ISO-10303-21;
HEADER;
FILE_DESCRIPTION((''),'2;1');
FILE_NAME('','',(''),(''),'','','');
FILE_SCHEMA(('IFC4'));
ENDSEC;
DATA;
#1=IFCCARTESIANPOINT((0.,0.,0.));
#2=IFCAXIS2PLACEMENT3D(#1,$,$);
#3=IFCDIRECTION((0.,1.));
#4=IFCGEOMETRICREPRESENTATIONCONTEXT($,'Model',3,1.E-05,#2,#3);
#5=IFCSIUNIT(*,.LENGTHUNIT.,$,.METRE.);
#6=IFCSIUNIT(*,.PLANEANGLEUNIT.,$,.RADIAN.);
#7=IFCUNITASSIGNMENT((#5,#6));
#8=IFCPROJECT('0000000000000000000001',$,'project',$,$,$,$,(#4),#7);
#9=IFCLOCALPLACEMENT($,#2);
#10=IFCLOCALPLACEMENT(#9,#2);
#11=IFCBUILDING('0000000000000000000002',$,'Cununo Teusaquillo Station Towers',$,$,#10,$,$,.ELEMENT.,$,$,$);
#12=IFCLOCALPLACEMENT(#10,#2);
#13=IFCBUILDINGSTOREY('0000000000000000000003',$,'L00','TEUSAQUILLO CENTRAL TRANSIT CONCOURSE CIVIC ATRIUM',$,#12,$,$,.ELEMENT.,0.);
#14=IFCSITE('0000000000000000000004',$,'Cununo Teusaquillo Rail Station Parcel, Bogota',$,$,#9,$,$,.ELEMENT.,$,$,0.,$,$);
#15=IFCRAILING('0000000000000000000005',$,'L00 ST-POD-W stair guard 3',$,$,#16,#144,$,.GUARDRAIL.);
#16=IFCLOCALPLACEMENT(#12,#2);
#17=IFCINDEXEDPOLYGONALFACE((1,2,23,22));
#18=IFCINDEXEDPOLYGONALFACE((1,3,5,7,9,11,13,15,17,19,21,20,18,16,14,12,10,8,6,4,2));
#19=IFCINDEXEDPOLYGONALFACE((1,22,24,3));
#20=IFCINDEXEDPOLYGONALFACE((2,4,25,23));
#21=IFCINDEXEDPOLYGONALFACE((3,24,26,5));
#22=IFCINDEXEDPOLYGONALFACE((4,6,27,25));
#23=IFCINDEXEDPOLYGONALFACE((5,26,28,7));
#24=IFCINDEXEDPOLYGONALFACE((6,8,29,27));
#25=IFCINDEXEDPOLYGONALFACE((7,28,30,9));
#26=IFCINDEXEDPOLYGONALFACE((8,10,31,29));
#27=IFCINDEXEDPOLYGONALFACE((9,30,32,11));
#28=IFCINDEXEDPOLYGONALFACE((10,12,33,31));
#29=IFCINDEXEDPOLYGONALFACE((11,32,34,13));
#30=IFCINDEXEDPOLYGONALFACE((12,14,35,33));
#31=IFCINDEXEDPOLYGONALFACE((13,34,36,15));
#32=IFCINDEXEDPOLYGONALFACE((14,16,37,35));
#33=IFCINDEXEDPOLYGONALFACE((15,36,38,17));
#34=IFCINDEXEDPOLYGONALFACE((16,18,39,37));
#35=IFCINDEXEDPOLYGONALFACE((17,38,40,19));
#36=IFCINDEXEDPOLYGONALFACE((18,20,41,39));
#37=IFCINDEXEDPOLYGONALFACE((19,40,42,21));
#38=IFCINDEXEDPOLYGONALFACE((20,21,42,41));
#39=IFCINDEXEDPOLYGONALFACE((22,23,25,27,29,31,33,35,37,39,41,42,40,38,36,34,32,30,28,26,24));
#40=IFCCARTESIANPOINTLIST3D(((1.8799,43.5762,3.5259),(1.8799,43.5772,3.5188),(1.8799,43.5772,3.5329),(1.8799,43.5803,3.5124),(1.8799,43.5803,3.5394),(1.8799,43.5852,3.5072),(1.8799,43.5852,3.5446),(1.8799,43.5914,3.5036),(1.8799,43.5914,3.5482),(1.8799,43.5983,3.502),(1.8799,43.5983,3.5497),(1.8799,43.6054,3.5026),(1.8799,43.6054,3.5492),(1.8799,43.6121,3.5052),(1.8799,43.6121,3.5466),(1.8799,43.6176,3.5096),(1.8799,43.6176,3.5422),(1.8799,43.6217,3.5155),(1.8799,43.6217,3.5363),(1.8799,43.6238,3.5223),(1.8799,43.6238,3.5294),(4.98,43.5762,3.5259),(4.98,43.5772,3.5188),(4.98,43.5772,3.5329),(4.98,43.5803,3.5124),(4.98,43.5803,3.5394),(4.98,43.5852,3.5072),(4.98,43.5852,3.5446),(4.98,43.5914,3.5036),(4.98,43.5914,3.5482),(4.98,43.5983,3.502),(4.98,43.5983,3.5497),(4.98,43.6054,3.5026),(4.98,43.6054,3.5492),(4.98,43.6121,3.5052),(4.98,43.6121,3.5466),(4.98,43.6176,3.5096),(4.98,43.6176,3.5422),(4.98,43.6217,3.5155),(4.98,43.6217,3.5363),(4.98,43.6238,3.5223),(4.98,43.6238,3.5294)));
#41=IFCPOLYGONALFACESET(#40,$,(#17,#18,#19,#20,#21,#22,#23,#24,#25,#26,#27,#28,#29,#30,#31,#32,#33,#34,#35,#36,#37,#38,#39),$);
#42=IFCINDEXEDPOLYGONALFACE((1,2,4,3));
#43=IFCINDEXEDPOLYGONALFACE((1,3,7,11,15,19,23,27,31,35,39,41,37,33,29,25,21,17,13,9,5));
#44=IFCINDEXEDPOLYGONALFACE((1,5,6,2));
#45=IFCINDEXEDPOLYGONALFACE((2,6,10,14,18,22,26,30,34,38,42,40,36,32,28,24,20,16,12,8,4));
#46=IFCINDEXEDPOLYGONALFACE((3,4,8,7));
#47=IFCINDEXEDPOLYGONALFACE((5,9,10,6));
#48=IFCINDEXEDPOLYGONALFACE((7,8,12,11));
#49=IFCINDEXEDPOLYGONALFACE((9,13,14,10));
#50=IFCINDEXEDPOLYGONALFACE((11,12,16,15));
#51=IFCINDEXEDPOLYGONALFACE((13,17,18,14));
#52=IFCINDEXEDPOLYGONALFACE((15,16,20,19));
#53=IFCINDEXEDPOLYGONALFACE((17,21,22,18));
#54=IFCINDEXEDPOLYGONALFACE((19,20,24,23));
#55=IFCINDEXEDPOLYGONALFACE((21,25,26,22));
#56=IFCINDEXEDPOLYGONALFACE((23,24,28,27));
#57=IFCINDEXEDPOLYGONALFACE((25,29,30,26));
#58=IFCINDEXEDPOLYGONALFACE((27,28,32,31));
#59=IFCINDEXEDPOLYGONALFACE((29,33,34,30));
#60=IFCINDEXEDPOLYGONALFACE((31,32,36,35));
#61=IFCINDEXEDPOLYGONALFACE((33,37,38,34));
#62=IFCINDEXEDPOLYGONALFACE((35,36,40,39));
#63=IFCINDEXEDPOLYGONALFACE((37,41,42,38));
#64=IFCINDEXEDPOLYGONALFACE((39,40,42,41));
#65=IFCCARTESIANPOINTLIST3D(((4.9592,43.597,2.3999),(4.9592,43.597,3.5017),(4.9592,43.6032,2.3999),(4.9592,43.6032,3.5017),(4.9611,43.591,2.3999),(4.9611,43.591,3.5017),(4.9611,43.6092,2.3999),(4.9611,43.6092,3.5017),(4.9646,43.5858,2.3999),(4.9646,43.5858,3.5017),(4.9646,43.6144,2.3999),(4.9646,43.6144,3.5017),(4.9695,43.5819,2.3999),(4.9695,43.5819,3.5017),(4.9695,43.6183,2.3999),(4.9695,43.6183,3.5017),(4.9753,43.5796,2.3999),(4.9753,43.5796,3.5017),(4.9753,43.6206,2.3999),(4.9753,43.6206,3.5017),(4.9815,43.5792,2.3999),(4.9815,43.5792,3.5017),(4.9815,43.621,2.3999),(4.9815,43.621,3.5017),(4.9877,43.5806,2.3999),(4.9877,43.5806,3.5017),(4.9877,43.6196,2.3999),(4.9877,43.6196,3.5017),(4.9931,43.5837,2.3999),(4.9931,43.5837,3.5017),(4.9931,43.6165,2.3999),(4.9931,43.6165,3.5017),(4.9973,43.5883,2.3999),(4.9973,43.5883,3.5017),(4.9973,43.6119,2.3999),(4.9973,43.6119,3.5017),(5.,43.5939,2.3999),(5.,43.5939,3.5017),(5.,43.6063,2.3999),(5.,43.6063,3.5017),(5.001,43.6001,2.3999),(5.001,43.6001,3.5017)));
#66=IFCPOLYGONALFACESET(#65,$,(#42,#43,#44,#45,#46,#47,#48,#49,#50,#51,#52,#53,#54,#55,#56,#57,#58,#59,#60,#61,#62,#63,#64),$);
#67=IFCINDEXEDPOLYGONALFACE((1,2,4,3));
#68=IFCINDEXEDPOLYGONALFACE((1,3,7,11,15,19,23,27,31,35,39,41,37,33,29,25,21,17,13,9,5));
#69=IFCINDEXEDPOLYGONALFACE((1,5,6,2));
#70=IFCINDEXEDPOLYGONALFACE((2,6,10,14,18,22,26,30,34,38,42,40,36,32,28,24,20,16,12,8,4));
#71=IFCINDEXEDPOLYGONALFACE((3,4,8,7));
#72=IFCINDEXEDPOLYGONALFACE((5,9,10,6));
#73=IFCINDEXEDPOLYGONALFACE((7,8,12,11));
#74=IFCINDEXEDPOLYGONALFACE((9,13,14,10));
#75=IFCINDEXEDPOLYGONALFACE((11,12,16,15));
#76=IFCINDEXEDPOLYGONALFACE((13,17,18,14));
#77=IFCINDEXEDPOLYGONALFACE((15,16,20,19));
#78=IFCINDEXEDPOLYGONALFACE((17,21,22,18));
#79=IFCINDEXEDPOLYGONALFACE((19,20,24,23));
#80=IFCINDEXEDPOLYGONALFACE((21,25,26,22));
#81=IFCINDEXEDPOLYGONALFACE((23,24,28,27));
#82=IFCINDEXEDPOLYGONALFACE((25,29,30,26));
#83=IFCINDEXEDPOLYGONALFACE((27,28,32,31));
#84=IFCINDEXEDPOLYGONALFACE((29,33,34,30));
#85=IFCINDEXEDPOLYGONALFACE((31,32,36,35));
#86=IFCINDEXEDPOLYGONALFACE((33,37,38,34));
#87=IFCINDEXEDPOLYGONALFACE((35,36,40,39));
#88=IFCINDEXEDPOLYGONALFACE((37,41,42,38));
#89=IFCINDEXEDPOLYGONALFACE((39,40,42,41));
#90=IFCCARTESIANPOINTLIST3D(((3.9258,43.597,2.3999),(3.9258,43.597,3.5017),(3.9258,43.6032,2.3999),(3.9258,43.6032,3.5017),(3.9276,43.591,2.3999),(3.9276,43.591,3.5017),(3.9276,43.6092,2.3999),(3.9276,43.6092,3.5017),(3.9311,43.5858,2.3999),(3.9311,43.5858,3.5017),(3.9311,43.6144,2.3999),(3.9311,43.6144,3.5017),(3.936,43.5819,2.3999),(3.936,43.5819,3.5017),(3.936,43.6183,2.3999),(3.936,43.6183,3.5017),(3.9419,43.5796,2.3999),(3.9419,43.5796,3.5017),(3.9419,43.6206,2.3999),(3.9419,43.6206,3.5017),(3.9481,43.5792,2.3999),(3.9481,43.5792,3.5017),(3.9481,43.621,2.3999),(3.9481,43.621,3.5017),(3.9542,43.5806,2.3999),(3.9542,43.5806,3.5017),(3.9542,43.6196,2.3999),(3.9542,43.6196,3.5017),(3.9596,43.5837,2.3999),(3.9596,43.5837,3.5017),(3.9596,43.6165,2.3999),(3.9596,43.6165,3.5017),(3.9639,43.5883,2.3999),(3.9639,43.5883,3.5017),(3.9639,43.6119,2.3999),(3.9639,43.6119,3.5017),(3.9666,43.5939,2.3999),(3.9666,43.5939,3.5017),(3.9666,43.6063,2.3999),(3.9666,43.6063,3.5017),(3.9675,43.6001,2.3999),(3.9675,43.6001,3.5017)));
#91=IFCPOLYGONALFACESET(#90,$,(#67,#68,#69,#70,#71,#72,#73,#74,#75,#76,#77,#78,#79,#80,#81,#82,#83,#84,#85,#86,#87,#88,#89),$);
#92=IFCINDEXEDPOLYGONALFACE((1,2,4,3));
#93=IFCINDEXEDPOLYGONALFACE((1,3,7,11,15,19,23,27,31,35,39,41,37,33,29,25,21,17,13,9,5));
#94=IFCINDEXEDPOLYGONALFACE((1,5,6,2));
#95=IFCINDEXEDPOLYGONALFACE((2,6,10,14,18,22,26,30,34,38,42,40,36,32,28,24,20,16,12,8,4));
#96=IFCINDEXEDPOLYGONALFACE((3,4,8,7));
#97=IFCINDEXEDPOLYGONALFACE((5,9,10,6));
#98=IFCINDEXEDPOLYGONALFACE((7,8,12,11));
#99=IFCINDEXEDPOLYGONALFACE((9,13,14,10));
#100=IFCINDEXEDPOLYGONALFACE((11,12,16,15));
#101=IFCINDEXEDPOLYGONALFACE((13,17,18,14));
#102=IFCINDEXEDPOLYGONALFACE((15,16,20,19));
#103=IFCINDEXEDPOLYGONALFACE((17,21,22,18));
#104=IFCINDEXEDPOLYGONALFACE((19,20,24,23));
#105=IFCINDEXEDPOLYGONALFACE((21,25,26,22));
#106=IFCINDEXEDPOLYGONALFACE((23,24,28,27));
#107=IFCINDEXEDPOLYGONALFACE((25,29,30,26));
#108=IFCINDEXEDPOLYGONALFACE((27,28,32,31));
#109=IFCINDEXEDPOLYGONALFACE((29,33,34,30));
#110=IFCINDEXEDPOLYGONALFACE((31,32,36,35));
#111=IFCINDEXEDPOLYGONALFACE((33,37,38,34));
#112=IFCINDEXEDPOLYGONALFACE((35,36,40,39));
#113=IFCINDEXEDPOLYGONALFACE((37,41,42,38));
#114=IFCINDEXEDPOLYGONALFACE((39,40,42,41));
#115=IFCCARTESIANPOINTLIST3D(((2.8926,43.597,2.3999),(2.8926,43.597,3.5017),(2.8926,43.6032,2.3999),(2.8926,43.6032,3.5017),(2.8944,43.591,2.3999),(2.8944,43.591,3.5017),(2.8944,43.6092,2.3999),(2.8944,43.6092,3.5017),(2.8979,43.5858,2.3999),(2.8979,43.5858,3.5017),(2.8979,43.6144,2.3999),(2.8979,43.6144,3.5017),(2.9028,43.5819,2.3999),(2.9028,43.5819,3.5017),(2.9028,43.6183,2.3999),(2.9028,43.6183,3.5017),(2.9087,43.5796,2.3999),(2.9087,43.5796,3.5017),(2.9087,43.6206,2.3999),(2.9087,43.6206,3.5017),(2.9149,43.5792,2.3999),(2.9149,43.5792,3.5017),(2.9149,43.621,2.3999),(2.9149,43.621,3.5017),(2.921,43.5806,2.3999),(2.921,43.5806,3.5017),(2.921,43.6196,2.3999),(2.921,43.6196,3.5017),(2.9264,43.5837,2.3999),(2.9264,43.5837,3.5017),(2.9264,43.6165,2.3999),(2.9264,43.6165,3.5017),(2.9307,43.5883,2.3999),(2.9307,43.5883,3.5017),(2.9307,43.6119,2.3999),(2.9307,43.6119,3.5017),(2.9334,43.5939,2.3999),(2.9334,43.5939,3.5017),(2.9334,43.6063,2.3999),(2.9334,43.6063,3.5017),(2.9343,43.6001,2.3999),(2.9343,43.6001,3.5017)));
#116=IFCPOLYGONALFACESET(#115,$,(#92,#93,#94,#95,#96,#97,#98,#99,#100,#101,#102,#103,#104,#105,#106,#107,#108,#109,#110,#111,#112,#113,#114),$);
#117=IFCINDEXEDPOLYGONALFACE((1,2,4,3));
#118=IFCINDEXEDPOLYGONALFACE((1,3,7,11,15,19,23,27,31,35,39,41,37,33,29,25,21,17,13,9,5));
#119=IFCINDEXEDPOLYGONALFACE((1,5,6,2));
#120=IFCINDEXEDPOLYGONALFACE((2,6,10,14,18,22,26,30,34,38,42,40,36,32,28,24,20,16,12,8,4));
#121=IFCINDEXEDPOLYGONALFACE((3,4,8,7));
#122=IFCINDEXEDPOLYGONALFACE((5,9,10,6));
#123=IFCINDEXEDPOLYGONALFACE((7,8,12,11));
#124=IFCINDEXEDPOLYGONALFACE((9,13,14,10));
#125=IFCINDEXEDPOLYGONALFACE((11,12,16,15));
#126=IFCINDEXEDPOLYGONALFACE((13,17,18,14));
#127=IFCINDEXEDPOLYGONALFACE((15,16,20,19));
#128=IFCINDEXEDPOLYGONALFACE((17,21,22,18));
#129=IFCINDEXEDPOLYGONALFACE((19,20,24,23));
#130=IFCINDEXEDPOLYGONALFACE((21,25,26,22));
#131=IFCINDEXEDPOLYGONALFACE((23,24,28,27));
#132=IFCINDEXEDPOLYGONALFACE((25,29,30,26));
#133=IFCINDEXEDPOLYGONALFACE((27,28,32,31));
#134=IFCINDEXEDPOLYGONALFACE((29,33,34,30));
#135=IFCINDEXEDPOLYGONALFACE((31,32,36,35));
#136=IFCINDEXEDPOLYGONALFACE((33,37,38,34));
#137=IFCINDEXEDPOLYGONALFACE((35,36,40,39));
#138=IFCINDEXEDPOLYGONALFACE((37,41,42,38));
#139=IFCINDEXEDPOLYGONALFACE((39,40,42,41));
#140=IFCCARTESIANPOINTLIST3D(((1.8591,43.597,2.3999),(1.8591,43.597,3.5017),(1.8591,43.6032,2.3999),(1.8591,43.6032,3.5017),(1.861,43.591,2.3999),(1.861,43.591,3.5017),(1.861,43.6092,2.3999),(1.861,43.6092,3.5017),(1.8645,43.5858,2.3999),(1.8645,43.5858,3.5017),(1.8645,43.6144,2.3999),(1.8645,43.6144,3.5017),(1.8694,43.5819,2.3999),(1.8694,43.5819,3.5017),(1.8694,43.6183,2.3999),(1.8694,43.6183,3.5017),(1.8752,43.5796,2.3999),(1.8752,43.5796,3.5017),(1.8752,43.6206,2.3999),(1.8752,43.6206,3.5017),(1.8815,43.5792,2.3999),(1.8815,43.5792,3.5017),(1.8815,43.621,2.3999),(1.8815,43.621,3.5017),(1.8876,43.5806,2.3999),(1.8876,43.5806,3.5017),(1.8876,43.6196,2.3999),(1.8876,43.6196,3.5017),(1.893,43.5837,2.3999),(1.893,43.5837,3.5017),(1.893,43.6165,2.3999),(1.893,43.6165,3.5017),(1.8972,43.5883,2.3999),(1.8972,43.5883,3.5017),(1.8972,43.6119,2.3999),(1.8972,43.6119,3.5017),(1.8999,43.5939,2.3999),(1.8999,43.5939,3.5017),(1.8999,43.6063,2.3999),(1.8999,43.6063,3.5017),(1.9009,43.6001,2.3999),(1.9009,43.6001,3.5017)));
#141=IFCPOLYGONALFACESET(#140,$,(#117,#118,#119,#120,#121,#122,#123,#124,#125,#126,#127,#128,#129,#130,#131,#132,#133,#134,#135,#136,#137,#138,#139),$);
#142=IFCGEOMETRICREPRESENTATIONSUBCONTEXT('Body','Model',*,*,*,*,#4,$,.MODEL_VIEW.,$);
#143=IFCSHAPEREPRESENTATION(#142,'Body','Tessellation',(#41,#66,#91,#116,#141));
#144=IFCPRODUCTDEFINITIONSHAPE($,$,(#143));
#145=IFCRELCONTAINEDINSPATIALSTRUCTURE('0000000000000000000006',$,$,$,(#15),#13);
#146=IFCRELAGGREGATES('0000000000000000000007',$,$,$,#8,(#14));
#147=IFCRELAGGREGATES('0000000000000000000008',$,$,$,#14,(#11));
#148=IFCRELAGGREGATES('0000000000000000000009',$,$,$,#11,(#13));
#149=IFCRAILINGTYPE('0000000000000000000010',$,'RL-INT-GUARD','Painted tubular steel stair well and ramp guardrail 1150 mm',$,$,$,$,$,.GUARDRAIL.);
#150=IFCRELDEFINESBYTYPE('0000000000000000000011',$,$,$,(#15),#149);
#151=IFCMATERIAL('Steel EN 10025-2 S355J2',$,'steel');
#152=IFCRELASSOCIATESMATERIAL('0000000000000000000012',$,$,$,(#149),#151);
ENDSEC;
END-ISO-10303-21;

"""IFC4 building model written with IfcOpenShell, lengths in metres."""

from ifc_helpers import new_model, si_unit, direction, frame, origin, origin_2d, place, context, subcontext, project, spatial, circle, extrude, material, type_object, element, save


model = new_model("IFC4")

# Units and contexts
model_context = context("Model", 3, precision=1e-05, world=origin(), true_north=direction((0.0, 1.0)))
body_context = subcontext(model_context, "Body", "Model", "MODEL_VIEW")
ifc_project = project(units=[si_unit("LENGTHUNIT", "METRE"), si_unit("PLANEANGLEUNIT", "RADIAN")], contexts=[model_context])

# Site, building, storey
site_placement = place(None, origin())
site = spatial("IfcSite", under=ifc_project, at=site_placement, Name="Cununo Teusaquillo Rail Station Parcel, Bogota", CompositionType="ELEMENT", RefElevation=0.0)
building_placement = place(site_placement, origin())
building = spatial("IfcBuilding", under=site, at=building_placement, Name="Cununo Teusaquillo Station Towers", CompositionType="ELEMENT")
storey_placement = place(building_placement, origin())
storey = spatial("IfcBuildingStorey", under=building, at=storey_placement, Name="L00", Description="TEUSAQUILLO CENTRAL TRANSIT CONCOURSE CIVIC ATRIUM", CompositionType="ELEMENT", Elevation=0.0)

# Railing
ifc_material_1 = material(Name="Steel EN 10025-2 S355J2", Category="steel")
railing_type_1 = type_object("IfcRailingType", Name="RL-INT-GUARD", Description="Painted tubular steel stair well and ramp guardrail 1150 mm", PredefinedType="GUARDRAIL", material=ifc_material_1)
railing_1_placement = place(storey_placement, frame((4.98, 43.6001, 2.3999)))
element("IfcRailing", 1, at=railing_1_placement, inside=storey, type_object=railing_type_1, Name="L00 ST-POD-W stair guard 3", PredefinedType="GUARDRAIL", context=body_context, shape_type="SweptSolid", body=[
    extrude(circle(Radius=0.0239, at=origin_2d()), frame((0.0, 0.0, 1.126), z_axis=(-1.0, 0.0, 0.0), x_axis=(0.0, -1.0, 0.0)), (0.0, 0.0, 1.0), 3.1001),
    extrude(circle(Radius=0.021, at=origin_2d()), origin(), (0.0, 0.0, 1.0), 1.1018),
    extrude(circle(Radius=0.021, at=origin_2d()), frame((-1.0334, 0.0, 0.0)), (0.0, 0.0, 1.0), 1.1018),
    extrude(circle(Radius=0.021, at=origin_2d()), frame((-2.0667, 0.0, 0.0)), (0.0, 0.0, 1.0), 1.1018),
    extrude(circle(Radius=0.021, at=origin_2d()), frame((-3.1001, 0.0, 0.0)), (0.0, 0.0, 1.0), 1.1018),
])

save(model, "model.ifc")
